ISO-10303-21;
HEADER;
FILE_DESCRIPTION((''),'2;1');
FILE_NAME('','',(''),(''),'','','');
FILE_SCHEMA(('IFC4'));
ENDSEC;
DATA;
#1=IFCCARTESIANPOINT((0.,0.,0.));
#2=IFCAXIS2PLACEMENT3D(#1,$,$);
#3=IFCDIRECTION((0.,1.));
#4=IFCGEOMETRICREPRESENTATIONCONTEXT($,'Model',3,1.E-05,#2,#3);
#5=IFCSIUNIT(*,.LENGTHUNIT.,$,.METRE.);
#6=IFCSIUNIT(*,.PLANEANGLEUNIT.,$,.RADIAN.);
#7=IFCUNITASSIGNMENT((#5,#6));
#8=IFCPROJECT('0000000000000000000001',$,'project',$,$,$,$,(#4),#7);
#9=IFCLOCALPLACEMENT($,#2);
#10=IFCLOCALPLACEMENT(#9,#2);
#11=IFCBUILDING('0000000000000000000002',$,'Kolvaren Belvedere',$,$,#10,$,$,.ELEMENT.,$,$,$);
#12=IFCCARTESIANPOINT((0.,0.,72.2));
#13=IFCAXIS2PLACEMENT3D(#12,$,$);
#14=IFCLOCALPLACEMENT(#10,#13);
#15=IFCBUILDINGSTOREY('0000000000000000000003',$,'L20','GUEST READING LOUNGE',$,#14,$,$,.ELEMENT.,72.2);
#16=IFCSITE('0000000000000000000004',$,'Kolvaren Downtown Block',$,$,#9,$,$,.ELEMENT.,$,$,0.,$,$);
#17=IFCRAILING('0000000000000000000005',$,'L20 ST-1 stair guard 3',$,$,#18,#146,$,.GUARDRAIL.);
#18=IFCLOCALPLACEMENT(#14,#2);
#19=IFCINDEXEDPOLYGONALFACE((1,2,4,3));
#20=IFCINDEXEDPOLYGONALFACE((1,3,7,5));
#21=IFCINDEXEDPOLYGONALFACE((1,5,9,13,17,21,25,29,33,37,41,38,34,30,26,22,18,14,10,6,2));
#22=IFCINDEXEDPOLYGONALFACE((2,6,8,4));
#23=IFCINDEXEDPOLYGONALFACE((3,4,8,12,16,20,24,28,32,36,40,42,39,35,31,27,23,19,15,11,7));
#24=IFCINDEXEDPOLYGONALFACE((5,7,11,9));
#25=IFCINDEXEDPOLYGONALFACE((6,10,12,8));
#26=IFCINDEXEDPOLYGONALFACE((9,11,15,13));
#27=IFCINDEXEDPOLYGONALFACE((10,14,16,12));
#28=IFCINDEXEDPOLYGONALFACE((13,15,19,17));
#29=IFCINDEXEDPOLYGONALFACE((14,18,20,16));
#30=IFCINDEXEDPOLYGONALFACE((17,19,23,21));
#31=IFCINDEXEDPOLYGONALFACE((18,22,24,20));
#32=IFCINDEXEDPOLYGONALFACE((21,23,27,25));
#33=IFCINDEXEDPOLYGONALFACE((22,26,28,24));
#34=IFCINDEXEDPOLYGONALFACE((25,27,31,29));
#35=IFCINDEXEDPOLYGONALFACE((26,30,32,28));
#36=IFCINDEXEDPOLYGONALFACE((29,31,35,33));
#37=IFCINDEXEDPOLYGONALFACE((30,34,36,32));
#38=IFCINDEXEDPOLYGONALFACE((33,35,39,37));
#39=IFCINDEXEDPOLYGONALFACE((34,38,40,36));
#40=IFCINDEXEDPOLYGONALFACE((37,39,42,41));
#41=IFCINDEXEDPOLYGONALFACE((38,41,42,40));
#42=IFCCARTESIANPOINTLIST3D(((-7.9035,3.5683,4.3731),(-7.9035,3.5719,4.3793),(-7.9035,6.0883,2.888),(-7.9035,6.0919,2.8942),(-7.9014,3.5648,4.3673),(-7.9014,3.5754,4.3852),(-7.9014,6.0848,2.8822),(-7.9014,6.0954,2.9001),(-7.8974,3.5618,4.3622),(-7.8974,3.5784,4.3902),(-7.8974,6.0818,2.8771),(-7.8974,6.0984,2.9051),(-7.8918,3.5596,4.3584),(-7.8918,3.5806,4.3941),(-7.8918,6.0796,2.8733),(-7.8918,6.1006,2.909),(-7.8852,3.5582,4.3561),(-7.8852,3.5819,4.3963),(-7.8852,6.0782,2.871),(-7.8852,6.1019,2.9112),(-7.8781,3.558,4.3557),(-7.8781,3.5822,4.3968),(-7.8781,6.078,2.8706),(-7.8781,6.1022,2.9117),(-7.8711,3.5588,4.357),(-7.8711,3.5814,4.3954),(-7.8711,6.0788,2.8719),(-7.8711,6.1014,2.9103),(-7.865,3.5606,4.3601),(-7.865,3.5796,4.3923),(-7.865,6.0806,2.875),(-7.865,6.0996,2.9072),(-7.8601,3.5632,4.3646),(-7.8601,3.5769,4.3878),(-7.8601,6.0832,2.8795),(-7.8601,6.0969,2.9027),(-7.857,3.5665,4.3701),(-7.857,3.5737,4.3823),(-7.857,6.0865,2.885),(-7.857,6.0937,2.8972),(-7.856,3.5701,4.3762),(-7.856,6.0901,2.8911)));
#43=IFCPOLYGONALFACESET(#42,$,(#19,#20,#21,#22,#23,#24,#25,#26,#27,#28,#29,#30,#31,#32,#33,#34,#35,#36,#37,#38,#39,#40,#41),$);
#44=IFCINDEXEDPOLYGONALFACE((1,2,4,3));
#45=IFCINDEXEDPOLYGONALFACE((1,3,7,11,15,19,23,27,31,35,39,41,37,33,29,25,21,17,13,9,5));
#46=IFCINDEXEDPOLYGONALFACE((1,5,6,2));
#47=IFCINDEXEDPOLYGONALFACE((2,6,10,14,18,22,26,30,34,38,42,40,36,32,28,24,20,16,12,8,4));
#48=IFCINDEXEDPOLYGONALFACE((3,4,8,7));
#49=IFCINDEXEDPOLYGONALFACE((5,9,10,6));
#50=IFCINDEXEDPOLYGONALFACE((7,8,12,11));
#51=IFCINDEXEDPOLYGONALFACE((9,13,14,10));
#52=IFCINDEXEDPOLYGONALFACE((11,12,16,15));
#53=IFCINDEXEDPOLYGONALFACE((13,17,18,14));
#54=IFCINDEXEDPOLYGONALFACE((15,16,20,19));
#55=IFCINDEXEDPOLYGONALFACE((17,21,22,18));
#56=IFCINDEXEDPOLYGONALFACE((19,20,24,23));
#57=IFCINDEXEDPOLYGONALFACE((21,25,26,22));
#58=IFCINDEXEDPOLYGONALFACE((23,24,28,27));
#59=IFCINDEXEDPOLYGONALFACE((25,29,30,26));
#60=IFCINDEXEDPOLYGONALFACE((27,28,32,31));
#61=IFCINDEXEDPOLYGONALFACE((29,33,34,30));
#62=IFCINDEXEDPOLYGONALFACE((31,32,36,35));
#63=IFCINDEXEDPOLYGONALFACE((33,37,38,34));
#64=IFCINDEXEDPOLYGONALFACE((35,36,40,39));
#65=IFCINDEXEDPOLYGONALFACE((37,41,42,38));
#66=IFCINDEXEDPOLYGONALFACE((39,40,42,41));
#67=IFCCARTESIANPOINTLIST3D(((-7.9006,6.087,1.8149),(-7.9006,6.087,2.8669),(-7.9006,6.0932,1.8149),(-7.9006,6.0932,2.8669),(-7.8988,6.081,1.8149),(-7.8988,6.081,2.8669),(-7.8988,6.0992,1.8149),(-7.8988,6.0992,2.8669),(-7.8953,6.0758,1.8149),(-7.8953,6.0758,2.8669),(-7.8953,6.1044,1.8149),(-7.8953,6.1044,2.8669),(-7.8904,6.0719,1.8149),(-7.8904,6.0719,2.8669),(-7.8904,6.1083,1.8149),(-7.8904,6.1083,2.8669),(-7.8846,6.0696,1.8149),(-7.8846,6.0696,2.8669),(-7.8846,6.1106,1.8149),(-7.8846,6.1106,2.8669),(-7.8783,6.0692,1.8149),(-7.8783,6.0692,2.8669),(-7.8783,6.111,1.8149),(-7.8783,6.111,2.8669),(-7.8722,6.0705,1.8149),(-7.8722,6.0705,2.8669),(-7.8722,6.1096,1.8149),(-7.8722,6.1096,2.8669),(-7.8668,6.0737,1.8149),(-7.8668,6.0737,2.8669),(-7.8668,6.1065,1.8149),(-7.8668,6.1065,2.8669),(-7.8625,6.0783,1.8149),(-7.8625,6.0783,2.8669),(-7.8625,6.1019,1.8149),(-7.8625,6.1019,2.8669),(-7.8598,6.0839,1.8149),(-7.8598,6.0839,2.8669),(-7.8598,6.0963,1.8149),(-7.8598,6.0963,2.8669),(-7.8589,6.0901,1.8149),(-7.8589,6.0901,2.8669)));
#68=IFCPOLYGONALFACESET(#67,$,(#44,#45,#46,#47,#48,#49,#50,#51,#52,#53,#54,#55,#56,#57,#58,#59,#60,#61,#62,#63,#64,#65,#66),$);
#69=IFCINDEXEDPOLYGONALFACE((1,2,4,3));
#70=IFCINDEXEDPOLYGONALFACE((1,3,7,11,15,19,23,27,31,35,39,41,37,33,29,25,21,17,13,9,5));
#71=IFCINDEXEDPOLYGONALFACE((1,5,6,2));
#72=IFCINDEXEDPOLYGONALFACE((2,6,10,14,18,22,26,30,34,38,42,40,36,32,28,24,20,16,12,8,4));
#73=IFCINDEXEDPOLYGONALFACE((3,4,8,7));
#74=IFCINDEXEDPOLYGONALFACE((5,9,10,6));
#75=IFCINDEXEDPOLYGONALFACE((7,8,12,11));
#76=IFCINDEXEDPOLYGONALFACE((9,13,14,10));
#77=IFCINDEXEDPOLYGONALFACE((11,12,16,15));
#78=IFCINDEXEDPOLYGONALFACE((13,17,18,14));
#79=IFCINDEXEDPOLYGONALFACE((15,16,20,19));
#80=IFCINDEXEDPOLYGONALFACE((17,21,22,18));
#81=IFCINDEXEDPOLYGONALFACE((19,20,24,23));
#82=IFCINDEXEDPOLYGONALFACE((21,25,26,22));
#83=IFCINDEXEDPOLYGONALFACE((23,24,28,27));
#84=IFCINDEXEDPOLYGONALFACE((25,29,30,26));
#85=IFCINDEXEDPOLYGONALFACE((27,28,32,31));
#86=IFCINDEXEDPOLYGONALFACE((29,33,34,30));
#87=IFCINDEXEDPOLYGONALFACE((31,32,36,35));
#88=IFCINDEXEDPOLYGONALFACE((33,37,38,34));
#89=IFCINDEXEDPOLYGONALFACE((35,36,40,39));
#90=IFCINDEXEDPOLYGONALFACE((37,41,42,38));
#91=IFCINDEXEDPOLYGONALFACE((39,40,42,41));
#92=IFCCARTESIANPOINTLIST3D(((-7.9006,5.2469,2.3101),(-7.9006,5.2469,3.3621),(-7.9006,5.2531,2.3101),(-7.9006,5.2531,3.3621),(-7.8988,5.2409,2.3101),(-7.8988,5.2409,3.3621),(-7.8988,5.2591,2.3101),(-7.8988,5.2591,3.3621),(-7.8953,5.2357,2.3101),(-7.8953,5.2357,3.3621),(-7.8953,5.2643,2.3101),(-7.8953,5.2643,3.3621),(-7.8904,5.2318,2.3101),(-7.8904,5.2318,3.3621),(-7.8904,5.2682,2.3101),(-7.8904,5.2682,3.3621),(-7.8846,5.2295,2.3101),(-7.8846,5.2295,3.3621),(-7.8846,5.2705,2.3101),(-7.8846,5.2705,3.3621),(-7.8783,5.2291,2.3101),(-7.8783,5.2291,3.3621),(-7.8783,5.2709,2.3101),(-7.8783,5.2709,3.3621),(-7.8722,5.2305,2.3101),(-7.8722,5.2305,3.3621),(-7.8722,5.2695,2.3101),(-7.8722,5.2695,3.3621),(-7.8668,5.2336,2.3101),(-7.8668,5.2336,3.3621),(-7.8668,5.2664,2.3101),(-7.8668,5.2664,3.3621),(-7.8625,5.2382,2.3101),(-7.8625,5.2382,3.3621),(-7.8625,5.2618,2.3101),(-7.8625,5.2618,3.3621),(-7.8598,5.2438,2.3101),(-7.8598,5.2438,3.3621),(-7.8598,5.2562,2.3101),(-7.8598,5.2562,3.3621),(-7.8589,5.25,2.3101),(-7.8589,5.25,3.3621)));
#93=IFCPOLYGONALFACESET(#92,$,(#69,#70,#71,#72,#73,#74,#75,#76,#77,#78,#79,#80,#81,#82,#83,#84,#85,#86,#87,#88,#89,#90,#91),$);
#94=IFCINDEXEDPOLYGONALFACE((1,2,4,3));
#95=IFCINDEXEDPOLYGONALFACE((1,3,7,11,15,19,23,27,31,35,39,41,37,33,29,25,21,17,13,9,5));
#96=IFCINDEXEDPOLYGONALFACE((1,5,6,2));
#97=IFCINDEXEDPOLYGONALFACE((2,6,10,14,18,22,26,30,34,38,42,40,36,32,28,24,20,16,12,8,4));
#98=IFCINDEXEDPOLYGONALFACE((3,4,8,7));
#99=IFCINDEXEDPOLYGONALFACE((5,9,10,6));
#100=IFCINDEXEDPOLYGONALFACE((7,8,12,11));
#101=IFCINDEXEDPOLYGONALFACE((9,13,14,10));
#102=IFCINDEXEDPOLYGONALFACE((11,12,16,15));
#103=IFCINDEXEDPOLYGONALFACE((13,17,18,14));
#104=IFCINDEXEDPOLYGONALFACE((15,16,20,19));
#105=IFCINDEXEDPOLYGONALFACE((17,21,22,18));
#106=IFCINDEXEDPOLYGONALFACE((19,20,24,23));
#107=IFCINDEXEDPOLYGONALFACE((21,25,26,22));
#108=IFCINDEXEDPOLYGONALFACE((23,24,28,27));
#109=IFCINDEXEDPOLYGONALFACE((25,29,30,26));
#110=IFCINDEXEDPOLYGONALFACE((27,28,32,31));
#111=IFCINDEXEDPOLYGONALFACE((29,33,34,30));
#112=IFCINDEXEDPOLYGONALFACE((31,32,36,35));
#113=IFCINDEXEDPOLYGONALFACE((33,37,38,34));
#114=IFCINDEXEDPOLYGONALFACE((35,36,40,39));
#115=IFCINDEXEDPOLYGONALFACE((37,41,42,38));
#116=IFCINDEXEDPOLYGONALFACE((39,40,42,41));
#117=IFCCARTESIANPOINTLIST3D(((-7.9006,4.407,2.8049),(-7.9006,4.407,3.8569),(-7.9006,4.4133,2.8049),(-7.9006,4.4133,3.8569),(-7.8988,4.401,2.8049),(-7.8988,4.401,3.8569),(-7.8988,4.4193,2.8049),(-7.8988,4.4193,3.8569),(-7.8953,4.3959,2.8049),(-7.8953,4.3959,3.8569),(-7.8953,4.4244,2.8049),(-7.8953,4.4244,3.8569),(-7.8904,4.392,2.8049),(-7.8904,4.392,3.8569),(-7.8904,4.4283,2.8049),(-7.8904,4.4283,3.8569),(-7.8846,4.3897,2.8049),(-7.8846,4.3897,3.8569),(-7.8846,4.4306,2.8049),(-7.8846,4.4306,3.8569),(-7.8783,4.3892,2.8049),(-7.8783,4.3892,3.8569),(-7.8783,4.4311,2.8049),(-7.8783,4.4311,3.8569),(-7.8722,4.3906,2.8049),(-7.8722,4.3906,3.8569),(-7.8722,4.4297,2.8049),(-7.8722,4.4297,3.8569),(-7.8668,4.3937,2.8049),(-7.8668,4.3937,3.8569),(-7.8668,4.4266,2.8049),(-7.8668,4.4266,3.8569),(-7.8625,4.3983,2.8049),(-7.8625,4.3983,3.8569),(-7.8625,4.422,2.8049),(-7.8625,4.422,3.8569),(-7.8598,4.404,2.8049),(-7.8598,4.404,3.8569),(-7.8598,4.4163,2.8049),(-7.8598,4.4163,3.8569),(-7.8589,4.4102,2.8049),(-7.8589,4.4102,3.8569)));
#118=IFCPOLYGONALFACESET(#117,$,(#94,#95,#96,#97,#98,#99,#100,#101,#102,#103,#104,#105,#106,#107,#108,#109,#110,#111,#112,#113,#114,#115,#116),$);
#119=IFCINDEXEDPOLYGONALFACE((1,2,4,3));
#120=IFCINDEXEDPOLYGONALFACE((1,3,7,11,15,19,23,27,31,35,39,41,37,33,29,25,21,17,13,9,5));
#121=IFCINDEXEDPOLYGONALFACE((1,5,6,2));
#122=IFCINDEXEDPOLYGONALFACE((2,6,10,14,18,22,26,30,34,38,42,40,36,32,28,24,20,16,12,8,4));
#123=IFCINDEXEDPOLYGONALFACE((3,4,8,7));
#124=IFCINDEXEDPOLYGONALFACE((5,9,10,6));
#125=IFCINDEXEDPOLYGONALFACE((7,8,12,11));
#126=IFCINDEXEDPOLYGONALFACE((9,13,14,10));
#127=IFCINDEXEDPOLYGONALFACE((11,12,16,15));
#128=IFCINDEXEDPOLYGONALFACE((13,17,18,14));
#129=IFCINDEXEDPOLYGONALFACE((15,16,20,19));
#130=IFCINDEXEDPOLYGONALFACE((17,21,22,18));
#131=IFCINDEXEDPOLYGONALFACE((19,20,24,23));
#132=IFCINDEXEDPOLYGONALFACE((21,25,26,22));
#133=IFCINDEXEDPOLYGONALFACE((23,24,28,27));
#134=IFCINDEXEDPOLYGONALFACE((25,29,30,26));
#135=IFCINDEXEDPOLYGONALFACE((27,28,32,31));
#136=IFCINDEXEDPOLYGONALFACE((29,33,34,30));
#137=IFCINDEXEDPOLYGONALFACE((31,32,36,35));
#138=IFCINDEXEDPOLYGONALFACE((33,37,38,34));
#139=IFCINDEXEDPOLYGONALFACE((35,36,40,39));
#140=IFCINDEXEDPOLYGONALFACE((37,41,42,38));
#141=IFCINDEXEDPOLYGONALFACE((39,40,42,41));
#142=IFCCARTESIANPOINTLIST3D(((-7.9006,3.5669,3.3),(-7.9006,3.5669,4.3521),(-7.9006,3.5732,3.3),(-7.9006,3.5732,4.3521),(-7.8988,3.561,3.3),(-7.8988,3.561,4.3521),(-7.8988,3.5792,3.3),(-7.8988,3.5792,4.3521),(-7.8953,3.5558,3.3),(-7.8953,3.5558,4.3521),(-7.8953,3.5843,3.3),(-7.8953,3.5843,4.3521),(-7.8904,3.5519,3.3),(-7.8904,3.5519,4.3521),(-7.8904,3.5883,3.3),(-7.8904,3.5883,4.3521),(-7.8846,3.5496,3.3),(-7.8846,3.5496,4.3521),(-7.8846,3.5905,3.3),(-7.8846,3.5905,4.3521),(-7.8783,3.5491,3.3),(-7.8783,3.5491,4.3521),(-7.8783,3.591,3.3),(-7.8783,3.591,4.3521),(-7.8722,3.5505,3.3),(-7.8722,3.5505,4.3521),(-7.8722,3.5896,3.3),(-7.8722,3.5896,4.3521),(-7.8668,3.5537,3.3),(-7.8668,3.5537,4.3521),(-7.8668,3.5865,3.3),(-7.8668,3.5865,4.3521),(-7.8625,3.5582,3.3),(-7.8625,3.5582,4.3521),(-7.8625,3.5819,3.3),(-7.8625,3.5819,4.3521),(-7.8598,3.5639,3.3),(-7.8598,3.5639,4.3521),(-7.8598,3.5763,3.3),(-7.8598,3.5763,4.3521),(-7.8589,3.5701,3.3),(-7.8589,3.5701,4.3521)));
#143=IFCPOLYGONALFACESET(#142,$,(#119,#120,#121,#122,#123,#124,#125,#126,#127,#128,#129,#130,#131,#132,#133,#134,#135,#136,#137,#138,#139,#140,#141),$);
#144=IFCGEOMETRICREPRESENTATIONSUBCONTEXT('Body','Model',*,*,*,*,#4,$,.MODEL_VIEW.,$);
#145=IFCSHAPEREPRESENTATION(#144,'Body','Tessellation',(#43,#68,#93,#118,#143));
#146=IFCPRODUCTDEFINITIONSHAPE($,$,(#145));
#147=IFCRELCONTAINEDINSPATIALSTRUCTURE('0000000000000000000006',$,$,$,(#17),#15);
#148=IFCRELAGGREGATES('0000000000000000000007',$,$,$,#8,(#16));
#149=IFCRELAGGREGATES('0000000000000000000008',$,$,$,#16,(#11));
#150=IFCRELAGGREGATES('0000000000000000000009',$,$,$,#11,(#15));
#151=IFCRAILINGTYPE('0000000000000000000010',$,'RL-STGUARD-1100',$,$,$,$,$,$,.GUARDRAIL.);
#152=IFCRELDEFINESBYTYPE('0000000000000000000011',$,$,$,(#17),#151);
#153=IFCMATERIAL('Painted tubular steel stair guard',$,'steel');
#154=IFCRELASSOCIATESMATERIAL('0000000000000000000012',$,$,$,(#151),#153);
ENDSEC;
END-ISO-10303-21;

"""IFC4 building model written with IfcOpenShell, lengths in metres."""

from ifc_helpers import new_model, si_unit, direction, frame, origin, origin_2d, place, context, subcontext, project, spatial, circle, extrude, material, type_object, element, save


model = new_model("IFC4")

# Units and contexts
model_context = context("Model", 3, precision=1e-05, world=origin(), true_north=direction((0.0, 1.0)))
body_context = subcontext(model_context, "Body", "Model", "MODEL_VIEW")
ifc_project = project(units=[si_unit("LENGTHUNIT", "METRE"), si_unit("PLANEANGLEUNIT", "RADIAN")], contexts=[model_context])

# Site, building, storey
site_placement = place(None, origin())
site = spatial("IfcSite", under=ifc_project, at=site_placement, Name="Kolvaren Downtown Block", CompositionType="ELEMENT", RefElevation=0.0)
building_placement = place(site_placement, origin())
building = spatial("IfcBuilding", under=site, at=building_placement, Name="Kolvaren Belvedere", CompositionType="ELEMENT")
storey_placement = place(building_placement, frame((0.0, 0.0, 72.2)))
storey = spatial("IfcBuildingStorey", under=building, at=storey_placement, Name="L20", Description="GUEST READING LOUNGE", CompositionType="ELEMENT", Elevation=72.2)

# Railing
ifc_material_1 = material(Name="Painted tubular steel stair guard", Category="steel")
railing_type_1 = type_object("IfcRailingType", Name="RL-STGUARD-1100", PredefinedType="GUARDRAIL", material=ifc_material_1)
railing_1_placement = place(storey_placement, frame((-7.8799, 6.0901, 1.8149)))
element("IfcRailing", 1, at=railing_1_placement, inside=storey, type_object=railing_type_1, Name="L20 ST-1 stair guard 3", PredefinedType="GUARDRAIL", context=body_context, shape_type="SweptSolid", body=[
    extrude(circle(Radius=0.0239, at=origin_2d()), frame((0.0, 0.0, 1.0762), z_axis=(0.0, -0.861524, 0.507717), x_axis=(1.0, 0.0, 0.0)), (0.0, 0.0, 1.0), 2.925),
    extrude(circle(Radius=0.021, at=origin_2d()), origin(), (0.0, 0.0, 1.0), 1.052),
    extrude(circle(Radius=0.021, at=origin_2d()), frame((0.0, -0.8401, 0.4951)), (0.0, 0.0, 1.0), 1.052),
    extrude(circle(Radius=0.021, at=origin_2d()), frame((0.0, -1.6799, 0.99)), (0.0, 0.0, 1.0), 1.052),
    extrude(circle(Radius=0.021, at=origin_2d()), frame((0.0, -2.52, 1.4851)), (0.0, 0.0, 1.0), 1.052),
])

save(model, "model.ifc")
